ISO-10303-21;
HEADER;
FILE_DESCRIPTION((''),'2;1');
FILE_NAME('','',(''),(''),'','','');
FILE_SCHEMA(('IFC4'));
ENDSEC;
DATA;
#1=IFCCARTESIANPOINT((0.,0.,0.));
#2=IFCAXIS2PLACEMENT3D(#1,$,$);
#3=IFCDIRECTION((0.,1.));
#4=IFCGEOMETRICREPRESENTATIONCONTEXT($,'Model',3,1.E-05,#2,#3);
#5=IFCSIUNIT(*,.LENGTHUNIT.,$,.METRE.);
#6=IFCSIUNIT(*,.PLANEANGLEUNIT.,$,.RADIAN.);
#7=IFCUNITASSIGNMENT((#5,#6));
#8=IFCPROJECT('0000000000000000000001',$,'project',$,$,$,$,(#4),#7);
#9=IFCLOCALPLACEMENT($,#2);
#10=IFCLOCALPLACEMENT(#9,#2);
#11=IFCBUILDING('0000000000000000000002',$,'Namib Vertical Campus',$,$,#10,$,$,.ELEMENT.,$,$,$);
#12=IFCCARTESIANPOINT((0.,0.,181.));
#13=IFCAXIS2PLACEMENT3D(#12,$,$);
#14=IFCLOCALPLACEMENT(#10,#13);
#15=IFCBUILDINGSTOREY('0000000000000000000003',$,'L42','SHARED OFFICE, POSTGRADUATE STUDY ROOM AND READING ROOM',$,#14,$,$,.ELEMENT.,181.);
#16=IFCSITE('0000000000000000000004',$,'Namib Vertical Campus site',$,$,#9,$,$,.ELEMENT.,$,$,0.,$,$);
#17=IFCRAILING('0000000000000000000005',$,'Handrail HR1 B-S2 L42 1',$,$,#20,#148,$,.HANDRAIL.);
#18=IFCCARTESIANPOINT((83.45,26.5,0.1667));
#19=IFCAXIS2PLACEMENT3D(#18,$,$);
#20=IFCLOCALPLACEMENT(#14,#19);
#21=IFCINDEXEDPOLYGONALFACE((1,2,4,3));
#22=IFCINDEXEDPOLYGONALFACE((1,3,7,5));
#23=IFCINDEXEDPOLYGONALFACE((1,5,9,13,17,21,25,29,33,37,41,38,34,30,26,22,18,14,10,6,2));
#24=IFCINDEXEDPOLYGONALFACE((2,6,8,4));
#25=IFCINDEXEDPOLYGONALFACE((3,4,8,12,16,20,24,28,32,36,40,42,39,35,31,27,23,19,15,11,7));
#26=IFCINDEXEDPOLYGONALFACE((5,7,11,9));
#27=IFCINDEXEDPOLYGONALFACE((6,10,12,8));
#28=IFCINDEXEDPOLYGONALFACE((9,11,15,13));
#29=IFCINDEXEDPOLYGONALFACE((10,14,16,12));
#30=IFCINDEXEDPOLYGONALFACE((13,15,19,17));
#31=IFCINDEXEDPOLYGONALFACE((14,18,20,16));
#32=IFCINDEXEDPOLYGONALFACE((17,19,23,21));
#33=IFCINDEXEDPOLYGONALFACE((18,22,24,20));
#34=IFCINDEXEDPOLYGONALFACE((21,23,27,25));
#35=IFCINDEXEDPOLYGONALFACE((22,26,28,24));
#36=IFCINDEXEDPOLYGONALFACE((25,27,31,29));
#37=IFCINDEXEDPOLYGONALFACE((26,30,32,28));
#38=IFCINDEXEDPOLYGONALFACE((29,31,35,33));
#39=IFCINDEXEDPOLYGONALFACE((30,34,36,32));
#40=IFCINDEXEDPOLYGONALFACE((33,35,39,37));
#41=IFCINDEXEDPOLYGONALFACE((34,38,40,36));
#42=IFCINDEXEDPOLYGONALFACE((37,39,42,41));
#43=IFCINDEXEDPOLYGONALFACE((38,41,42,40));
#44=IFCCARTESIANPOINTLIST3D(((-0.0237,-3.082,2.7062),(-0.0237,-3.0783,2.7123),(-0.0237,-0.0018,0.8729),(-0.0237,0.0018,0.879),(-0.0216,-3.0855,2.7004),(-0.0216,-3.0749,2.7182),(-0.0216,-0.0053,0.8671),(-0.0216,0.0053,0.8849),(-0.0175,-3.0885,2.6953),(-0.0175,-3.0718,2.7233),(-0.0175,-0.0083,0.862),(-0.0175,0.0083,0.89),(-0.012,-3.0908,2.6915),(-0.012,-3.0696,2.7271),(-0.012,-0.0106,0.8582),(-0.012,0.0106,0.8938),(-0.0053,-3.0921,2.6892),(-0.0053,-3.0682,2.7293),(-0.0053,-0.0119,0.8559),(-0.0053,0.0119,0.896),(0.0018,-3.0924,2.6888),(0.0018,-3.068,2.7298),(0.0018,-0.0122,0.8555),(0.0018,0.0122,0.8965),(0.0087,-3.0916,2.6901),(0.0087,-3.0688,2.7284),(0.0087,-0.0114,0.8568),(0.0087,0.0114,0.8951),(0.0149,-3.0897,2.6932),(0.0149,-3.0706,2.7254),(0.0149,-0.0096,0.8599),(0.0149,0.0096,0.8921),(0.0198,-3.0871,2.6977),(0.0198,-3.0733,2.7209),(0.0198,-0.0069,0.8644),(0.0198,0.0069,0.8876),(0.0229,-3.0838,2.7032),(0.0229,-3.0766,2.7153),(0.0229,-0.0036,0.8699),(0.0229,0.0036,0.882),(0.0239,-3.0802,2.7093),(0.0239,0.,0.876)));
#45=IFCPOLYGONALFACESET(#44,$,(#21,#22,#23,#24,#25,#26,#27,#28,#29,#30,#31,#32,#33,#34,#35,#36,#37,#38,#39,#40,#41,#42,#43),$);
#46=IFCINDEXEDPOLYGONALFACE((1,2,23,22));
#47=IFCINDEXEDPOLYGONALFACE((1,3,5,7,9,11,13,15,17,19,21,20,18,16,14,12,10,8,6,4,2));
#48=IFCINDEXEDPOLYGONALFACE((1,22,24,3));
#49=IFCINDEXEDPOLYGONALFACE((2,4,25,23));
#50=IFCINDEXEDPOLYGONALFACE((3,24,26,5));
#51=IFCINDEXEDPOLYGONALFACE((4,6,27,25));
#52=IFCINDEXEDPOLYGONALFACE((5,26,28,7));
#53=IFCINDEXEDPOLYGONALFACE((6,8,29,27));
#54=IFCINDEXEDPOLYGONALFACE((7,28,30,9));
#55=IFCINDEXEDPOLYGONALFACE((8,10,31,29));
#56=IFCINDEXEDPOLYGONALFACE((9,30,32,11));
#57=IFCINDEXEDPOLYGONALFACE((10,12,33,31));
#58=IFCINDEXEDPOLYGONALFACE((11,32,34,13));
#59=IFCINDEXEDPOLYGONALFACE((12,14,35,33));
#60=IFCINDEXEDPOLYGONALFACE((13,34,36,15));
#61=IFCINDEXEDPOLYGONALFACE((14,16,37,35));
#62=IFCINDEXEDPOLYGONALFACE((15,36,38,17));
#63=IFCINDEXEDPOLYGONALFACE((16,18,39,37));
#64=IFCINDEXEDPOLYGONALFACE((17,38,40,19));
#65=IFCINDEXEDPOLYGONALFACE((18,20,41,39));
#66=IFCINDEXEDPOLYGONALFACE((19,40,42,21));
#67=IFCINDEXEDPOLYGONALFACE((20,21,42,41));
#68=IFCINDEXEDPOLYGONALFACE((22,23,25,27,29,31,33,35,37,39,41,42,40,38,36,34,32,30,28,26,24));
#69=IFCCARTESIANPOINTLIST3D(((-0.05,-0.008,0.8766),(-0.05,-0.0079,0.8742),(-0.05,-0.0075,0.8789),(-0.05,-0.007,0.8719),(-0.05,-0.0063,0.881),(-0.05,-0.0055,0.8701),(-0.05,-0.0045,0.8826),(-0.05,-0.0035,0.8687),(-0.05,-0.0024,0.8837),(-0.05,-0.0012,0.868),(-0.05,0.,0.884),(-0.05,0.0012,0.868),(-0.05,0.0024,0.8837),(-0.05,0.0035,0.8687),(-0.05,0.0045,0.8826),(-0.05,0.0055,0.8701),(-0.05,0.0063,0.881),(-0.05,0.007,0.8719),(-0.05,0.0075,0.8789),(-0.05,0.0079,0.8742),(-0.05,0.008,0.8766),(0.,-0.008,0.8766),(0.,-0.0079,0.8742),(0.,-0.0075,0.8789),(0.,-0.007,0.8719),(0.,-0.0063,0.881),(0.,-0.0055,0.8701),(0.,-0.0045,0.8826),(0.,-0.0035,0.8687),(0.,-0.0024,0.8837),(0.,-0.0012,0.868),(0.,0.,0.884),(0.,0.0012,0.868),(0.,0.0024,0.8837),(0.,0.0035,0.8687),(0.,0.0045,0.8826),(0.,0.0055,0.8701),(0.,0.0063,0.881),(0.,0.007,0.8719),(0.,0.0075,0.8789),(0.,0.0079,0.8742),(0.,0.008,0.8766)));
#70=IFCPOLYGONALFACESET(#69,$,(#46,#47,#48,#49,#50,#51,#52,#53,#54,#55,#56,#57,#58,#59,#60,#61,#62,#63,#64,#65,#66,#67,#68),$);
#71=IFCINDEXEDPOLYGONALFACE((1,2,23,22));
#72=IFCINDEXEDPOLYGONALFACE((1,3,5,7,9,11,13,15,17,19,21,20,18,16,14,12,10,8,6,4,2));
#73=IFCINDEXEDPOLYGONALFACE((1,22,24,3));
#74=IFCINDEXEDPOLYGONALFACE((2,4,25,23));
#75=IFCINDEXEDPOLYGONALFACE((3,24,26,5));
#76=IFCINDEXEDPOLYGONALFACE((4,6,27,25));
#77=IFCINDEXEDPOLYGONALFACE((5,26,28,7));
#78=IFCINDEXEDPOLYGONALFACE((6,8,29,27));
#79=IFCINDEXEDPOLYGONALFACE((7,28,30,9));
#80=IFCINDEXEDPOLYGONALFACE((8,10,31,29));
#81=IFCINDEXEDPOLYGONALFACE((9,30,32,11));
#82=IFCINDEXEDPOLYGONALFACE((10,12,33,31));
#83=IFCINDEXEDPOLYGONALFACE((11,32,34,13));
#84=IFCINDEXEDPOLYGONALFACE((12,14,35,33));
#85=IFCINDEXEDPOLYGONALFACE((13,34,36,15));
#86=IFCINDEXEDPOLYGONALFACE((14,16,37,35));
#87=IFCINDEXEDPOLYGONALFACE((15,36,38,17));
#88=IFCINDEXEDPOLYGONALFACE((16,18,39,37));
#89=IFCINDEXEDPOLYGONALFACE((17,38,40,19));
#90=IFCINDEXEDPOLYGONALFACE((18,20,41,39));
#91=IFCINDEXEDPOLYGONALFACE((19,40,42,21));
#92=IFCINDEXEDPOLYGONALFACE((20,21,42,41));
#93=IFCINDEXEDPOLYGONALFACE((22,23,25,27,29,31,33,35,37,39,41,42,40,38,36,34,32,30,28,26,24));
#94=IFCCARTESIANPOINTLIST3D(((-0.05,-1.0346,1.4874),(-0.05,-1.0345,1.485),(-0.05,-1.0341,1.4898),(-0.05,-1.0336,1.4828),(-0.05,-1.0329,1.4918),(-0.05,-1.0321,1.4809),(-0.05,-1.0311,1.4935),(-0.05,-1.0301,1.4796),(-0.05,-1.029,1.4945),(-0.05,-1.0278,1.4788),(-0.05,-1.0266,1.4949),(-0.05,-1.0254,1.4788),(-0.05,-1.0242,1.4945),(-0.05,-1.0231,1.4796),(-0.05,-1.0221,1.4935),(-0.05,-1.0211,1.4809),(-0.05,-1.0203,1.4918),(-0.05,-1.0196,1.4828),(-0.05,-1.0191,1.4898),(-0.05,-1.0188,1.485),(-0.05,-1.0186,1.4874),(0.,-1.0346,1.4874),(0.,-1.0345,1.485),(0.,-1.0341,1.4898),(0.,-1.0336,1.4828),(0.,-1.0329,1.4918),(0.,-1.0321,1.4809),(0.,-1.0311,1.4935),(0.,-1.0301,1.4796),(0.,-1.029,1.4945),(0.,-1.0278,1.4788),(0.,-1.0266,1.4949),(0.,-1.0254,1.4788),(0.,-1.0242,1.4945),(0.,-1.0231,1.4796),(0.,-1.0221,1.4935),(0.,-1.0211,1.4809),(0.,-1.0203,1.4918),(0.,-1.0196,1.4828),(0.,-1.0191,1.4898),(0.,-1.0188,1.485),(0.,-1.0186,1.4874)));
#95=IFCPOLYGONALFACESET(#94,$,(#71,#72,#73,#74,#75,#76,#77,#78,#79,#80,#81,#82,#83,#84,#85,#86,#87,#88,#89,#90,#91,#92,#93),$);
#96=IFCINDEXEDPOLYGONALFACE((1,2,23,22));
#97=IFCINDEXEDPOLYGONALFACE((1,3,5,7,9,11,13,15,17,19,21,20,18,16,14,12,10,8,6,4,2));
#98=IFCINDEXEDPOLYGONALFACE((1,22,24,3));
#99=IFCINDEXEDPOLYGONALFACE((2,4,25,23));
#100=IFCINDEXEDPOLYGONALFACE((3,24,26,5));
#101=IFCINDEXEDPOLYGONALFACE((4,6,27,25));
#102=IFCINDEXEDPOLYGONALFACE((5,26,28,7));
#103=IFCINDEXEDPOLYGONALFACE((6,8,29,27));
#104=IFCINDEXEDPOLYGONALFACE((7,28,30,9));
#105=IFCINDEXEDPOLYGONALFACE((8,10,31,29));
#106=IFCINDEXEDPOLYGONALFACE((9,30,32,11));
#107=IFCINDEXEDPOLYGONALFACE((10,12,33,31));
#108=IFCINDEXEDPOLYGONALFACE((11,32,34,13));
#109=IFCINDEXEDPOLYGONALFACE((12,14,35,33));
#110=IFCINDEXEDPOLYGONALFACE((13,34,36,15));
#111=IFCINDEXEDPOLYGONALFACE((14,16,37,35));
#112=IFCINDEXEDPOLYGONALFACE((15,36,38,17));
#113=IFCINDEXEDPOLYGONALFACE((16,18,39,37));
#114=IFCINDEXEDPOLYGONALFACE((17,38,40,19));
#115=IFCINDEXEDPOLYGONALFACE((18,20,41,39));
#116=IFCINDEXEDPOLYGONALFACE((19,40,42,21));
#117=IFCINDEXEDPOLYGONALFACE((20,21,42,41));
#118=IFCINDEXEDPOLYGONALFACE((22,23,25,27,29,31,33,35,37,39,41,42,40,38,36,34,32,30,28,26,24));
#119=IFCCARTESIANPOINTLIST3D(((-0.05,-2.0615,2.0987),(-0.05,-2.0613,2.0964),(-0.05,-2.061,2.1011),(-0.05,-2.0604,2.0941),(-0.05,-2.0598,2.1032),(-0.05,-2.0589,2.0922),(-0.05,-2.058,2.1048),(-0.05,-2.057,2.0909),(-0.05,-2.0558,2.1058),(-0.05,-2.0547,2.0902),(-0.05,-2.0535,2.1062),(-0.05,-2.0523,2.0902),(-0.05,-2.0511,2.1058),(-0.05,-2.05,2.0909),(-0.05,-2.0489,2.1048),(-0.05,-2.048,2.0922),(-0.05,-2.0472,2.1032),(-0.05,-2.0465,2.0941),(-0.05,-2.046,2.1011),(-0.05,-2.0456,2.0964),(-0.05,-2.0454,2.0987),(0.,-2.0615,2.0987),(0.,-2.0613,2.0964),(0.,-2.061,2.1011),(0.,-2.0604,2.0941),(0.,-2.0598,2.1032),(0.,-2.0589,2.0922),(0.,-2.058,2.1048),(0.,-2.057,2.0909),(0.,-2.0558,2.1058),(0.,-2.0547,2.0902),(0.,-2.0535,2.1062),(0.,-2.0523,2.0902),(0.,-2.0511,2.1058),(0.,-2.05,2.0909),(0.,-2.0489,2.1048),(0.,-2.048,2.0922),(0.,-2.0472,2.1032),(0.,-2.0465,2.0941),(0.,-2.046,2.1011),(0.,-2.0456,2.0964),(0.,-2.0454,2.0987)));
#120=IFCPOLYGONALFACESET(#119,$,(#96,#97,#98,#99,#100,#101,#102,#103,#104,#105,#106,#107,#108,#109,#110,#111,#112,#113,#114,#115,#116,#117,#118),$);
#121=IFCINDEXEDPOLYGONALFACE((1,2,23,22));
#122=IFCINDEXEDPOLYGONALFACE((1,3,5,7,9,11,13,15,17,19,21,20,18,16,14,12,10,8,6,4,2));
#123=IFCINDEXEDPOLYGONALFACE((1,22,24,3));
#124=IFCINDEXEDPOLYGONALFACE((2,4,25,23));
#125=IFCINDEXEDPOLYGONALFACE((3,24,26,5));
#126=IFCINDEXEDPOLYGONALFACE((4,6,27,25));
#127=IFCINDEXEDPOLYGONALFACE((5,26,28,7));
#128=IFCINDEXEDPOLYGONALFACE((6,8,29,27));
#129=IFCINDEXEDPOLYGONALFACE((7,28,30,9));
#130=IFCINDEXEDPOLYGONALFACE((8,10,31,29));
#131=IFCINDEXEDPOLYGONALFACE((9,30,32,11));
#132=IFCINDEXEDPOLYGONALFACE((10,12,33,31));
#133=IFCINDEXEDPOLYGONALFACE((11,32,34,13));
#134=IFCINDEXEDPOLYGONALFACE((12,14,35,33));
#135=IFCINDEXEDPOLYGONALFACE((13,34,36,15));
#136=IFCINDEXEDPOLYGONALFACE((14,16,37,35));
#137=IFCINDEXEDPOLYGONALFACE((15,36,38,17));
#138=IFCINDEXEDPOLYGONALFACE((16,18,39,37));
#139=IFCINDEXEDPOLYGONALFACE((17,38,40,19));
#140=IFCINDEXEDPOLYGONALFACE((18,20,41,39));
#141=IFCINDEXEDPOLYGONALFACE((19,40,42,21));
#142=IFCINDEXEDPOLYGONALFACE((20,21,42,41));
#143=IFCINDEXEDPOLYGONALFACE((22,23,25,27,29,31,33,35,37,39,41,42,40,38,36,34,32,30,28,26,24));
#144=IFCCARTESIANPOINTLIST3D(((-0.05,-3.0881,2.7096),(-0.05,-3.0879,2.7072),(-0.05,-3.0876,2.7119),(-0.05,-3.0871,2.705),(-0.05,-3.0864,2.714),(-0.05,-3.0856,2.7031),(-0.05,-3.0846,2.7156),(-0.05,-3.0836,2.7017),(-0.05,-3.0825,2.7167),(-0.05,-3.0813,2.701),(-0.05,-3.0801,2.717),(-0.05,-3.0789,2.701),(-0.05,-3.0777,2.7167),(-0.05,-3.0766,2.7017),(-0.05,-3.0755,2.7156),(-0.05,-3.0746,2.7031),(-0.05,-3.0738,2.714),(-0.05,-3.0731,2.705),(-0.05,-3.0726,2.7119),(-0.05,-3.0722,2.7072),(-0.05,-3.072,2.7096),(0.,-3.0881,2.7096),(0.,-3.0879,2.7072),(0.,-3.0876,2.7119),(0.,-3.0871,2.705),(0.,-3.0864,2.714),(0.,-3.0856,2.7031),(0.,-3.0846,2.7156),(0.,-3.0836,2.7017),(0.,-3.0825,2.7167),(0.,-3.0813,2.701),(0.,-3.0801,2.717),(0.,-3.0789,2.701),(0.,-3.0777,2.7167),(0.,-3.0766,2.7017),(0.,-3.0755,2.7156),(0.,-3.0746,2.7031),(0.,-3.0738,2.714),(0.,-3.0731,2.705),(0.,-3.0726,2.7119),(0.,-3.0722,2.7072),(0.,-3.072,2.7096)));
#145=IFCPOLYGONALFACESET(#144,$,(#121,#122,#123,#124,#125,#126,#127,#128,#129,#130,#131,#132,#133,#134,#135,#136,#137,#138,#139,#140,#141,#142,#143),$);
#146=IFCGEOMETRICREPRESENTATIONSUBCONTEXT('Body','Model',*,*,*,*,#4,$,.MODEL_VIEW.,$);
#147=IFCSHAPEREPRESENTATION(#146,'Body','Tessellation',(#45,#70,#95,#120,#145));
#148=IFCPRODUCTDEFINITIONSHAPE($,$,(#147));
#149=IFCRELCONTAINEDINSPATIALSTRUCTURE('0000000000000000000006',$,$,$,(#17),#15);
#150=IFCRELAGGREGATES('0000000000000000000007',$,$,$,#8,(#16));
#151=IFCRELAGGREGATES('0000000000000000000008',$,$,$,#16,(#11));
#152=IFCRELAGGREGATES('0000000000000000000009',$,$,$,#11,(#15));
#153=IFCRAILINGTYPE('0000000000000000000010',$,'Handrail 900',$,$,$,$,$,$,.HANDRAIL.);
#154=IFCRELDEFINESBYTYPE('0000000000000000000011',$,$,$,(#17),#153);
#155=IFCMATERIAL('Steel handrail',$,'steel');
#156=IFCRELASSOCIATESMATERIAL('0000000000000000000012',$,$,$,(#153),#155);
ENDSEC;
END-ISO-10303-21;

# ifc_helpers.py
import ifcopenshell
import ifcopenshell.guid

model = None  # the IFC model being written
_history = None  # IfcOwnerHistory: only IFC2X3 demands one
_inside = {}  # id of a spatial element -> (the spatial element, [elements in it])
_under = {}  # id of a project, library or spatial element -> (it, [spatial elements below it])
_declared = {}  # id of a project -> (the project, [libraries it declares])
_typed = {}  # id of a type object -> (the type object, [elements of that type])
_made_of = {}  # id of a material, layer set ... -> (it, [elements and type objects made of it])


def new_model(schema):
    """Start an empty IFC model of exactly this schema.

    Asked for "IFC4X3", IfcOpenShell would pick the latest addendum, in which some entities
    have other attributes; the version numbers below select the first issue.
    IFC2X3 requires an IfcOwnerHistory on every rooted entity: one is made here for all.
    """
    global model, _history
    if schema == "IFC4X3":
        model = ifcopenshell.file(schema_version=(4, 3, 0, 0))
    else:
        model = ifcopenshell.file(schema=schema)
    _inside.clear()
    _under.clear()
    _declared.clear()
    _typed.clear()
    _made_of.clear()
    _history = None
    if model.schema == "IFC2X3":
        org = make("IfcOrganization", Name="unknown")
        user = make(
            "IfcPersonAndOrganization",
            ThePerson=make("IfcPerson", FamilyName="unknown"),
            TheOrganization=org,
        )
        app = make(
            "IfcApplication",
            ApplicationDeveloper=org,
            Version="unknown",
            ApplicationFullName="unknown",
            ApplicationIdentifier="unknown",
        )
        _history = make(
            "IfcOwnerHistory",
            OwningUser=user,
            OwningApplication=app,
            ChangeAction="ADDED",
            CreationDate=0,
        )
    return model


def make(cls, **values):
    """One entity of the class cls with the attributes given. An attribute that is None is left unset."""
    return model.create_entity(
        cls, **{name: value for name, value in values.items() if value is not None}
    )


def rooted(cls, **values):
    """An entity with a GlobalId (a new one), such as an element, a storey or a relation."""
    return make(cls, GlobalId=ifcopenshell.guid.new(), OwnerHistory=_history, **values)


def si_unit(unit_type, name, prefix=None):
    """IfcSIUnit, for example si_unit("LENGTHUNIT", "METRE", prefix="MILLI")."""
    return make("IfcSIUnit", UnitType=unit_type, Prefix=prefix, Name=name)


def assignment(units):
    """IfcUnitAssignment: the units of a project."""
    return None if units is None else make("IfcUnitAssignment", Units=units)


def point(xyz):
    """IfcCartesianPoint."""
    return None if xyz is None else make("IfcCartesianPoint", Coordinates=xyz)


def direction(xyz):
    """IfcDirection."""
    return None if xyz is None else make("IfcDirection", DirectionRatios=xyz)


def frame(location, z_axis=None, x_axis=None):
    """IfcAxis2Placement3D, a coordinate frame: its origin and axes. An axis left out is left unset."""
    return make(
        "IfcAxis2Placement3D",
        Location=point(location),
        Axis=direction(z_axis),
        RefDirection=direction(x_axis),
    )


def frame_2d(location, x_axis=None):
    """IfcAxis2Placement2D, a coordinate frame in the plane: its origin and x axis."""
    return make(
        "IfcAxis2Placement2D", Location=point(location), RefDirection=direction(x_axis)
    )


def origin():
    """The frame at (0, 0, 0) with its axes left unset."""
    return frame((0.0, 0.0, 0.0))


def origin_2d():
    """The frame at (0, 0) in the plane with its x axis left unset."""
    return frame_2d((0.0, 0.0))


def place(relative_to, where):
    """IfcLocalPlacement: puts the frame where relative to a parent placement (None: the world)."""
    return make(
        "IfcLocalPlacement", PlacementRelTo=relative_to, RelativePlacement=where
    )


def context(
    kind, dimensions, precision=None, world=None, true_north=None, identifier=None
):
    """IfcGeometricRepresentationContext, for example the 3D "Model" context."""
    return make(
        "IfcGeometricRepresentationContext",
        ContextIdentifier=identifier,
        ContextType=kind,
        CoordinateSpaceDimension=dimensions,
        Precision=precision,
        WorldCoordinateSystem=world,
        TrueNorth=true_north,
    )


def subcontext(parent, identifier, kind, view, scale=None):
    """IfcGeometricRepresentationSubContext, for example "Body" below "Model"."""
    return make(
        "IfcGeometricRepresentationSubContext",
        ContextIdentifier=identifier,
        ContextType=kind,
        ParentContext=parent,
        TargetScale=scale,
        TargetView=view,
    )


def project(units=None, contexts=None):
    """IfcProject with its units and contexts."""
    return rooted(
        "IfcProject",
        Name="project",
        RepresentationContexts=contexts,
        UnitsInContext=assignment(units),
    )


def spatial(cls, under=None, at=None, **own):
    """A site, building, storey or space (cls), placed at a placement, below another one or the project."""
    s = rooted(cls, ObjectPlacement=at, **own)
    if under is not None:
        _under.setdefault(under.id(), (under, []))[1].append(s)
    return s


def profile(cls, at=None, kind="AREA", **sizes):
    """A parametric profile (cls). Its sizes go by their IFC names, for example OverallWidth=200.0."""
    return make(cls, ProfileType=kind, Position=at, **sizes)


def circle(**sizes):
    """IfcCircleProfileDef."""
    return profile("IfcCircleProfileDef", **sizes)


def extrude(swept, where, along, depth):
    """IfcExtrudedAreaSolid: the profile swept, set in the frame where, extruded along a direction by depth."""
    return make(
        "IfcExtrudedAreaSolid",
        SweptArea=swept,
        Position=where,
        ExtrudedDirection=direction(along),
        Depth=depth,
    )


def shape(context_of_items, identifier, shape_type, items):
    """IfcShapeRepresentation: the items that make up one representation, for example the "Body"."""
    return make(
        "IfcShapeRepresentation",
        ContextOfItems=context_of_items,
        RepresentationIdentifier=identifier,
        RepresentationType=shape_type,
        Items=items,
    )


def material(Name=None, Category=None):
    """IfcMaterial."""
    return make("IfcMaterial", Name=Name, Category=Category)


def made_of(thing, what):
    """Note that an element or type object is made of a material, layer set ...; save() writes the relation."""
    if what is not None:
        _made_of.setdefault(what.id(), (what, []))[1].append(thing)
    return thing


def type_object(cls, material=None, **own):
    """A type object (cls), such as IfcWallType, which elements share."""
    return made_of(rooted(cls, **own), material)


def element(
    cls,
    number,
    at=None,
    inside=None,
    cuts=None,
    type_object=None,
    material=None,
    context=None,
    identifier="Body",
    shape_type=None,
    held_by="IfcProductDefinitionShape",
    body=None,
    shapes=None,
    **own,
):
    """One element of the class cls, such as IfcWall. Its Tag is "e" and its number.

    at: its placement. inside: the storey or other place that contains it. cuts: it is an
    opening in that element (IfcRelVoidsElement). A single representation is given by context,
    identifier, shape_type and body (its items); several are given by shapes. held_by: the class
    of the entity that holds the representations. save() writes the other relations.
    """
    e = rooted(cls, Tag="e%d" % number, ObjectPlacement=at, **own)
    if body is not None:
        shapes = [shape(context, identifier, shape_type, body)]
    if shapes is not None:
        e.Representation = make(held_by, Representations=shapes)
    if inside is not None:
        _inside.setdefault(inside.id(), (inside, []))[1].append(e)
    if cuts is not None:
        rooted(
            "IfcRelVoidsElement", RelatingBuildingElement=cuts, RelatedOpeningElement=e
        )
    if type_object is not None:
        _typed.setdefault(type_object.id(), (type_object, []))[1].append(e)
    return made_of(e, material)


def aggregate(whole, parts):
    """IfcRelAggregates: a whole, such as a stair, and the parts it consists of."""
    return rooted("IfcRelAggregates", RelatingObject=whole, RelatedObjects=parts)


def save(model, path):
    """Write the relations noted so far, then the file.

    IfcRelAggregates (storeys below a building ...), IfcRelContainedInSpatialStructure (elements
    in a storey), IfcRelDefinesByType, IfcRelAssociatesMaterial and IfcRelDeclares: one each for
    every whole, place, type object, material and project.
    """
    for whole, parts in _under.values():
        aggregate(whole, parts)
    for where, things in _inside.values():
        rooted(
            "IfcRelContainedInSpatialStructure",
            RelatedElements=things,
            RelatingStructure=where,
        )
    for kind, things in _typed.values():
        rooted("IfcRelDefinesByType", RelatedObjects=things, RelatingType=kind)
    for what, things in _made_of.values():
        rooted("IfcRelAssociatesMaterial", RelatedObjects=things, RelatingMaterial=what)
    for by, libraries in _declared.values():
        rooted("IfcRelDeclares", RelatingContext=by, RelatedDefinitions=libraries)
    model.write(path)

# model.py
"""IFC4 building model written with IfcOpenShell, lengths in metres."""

from ifc_helpers import new_model, si_unit, direction, frame, origin, origin_2d, place, context, subcontext, project, spatial, circle, extrude, material, type_object, element, save


model = new_model("IFC4")

# Units and contexts
model_context = context("Model", 3, precision=1e-05, world=origin(), true_north=direction((0.0, 1.0)))
body_context = subcontext(model_context, "Body", "Model", "MODEL_VIEW")
ifc_project = project(units=[si_unit("LENGTHUNIT", "METRE"), si_unit("PLANEANGLEUNIT", "RADIAN")], contexts=[model_context])

# Site, building, storey
site_placement = place(None, origin())
site = spatial("IfcSite", under=ifc_project, at=site_placement, Name="Namib Vertical Campus site", CompositionType="ELEMENT", RefElevation=0.0)
building_placement = place(site_placement, origin())
building = spatial("IfcBuilding", under=site, at=building_placement, Name="Namib Vertical Campus", CompositionType="ELEMENT")
storey_placement = place(building_placement, frame((0.0, 0.0, 181.0)))
storey = spatial("IfcBuildingStorey", under=building, at=storey_placement, Name="L42", Description="SHARED OFFICE, POSTGRADUATE STUDY ROOM AND READING ROOM", CompositionType="ELEMENT", Elevation=181.0)

# Railing
ifc_material_1 = material(Name="Steel handrail", Category="steel")
railing_type_1 = type_object("IfcRailingType", Name="Handrail 900", PredefinedType="HANDRAIL", material=ifc_material_1)
railing_1_placement = place(storey_placement, frame((83.45, 26.5, 0.1667)))
element("IfcRailing", 1, at=railing_1_placement, inside=storey, type_object=railing_type_1, Name="Handrail HR1 B-S2 L42 1", PredefinedType="HANDRAIL", context=body_context, shape_type="SweptSolid", body=[
    extrude(circle(Radius=0.0239, at=origin_2d()), frame((0.0, 0.0, 0.876), z_axis=(0.0, -0.859309, 0.511458), x_axis=(1.0, 0.0, 0.0)), (0.0, 0.0, 1.0), 3.5845),
    extrude(circle(Radius=0.0081, at=origin_2d()), frame((0.0, 0.0, 0.876), z_axis=(-1.0, 0.0, 0.0), x_axis=(0.0, 0.0, 1.0)), (0.0, 0.0, 1.0), 0.05),
    extrude(circle(Radius=0.0081, at=origin_2d()), frame((0.0, -1.0266, 1.4868), z_axis=(-1.0, 0.0, 0.0), x_axis=(0.0, 0.0, 1.0)), (0.0, 0.0, 1.0), 0.05),
    extrude(circle(Radius=0.0081, at=origin_2d()), frame((0.0, -2.0535, 2.0981), z_axis=(-1.0, 0.0, 0.0), x_axis=(0.0, 0.0, 1.0)), (0.0, 0.0, 1.0), 0.05),
    extrude(circle(Radius=0.0081, at=origin_2d()), frame((0.0, -3.0801, 2.709), z_axis=(-1.0, 0.0, 0.0), x_axis=(0.0, 0.0, 1.0)), (0.0, 0.0, 1.0), 0.05),
])

save(model, "model.ifc")
